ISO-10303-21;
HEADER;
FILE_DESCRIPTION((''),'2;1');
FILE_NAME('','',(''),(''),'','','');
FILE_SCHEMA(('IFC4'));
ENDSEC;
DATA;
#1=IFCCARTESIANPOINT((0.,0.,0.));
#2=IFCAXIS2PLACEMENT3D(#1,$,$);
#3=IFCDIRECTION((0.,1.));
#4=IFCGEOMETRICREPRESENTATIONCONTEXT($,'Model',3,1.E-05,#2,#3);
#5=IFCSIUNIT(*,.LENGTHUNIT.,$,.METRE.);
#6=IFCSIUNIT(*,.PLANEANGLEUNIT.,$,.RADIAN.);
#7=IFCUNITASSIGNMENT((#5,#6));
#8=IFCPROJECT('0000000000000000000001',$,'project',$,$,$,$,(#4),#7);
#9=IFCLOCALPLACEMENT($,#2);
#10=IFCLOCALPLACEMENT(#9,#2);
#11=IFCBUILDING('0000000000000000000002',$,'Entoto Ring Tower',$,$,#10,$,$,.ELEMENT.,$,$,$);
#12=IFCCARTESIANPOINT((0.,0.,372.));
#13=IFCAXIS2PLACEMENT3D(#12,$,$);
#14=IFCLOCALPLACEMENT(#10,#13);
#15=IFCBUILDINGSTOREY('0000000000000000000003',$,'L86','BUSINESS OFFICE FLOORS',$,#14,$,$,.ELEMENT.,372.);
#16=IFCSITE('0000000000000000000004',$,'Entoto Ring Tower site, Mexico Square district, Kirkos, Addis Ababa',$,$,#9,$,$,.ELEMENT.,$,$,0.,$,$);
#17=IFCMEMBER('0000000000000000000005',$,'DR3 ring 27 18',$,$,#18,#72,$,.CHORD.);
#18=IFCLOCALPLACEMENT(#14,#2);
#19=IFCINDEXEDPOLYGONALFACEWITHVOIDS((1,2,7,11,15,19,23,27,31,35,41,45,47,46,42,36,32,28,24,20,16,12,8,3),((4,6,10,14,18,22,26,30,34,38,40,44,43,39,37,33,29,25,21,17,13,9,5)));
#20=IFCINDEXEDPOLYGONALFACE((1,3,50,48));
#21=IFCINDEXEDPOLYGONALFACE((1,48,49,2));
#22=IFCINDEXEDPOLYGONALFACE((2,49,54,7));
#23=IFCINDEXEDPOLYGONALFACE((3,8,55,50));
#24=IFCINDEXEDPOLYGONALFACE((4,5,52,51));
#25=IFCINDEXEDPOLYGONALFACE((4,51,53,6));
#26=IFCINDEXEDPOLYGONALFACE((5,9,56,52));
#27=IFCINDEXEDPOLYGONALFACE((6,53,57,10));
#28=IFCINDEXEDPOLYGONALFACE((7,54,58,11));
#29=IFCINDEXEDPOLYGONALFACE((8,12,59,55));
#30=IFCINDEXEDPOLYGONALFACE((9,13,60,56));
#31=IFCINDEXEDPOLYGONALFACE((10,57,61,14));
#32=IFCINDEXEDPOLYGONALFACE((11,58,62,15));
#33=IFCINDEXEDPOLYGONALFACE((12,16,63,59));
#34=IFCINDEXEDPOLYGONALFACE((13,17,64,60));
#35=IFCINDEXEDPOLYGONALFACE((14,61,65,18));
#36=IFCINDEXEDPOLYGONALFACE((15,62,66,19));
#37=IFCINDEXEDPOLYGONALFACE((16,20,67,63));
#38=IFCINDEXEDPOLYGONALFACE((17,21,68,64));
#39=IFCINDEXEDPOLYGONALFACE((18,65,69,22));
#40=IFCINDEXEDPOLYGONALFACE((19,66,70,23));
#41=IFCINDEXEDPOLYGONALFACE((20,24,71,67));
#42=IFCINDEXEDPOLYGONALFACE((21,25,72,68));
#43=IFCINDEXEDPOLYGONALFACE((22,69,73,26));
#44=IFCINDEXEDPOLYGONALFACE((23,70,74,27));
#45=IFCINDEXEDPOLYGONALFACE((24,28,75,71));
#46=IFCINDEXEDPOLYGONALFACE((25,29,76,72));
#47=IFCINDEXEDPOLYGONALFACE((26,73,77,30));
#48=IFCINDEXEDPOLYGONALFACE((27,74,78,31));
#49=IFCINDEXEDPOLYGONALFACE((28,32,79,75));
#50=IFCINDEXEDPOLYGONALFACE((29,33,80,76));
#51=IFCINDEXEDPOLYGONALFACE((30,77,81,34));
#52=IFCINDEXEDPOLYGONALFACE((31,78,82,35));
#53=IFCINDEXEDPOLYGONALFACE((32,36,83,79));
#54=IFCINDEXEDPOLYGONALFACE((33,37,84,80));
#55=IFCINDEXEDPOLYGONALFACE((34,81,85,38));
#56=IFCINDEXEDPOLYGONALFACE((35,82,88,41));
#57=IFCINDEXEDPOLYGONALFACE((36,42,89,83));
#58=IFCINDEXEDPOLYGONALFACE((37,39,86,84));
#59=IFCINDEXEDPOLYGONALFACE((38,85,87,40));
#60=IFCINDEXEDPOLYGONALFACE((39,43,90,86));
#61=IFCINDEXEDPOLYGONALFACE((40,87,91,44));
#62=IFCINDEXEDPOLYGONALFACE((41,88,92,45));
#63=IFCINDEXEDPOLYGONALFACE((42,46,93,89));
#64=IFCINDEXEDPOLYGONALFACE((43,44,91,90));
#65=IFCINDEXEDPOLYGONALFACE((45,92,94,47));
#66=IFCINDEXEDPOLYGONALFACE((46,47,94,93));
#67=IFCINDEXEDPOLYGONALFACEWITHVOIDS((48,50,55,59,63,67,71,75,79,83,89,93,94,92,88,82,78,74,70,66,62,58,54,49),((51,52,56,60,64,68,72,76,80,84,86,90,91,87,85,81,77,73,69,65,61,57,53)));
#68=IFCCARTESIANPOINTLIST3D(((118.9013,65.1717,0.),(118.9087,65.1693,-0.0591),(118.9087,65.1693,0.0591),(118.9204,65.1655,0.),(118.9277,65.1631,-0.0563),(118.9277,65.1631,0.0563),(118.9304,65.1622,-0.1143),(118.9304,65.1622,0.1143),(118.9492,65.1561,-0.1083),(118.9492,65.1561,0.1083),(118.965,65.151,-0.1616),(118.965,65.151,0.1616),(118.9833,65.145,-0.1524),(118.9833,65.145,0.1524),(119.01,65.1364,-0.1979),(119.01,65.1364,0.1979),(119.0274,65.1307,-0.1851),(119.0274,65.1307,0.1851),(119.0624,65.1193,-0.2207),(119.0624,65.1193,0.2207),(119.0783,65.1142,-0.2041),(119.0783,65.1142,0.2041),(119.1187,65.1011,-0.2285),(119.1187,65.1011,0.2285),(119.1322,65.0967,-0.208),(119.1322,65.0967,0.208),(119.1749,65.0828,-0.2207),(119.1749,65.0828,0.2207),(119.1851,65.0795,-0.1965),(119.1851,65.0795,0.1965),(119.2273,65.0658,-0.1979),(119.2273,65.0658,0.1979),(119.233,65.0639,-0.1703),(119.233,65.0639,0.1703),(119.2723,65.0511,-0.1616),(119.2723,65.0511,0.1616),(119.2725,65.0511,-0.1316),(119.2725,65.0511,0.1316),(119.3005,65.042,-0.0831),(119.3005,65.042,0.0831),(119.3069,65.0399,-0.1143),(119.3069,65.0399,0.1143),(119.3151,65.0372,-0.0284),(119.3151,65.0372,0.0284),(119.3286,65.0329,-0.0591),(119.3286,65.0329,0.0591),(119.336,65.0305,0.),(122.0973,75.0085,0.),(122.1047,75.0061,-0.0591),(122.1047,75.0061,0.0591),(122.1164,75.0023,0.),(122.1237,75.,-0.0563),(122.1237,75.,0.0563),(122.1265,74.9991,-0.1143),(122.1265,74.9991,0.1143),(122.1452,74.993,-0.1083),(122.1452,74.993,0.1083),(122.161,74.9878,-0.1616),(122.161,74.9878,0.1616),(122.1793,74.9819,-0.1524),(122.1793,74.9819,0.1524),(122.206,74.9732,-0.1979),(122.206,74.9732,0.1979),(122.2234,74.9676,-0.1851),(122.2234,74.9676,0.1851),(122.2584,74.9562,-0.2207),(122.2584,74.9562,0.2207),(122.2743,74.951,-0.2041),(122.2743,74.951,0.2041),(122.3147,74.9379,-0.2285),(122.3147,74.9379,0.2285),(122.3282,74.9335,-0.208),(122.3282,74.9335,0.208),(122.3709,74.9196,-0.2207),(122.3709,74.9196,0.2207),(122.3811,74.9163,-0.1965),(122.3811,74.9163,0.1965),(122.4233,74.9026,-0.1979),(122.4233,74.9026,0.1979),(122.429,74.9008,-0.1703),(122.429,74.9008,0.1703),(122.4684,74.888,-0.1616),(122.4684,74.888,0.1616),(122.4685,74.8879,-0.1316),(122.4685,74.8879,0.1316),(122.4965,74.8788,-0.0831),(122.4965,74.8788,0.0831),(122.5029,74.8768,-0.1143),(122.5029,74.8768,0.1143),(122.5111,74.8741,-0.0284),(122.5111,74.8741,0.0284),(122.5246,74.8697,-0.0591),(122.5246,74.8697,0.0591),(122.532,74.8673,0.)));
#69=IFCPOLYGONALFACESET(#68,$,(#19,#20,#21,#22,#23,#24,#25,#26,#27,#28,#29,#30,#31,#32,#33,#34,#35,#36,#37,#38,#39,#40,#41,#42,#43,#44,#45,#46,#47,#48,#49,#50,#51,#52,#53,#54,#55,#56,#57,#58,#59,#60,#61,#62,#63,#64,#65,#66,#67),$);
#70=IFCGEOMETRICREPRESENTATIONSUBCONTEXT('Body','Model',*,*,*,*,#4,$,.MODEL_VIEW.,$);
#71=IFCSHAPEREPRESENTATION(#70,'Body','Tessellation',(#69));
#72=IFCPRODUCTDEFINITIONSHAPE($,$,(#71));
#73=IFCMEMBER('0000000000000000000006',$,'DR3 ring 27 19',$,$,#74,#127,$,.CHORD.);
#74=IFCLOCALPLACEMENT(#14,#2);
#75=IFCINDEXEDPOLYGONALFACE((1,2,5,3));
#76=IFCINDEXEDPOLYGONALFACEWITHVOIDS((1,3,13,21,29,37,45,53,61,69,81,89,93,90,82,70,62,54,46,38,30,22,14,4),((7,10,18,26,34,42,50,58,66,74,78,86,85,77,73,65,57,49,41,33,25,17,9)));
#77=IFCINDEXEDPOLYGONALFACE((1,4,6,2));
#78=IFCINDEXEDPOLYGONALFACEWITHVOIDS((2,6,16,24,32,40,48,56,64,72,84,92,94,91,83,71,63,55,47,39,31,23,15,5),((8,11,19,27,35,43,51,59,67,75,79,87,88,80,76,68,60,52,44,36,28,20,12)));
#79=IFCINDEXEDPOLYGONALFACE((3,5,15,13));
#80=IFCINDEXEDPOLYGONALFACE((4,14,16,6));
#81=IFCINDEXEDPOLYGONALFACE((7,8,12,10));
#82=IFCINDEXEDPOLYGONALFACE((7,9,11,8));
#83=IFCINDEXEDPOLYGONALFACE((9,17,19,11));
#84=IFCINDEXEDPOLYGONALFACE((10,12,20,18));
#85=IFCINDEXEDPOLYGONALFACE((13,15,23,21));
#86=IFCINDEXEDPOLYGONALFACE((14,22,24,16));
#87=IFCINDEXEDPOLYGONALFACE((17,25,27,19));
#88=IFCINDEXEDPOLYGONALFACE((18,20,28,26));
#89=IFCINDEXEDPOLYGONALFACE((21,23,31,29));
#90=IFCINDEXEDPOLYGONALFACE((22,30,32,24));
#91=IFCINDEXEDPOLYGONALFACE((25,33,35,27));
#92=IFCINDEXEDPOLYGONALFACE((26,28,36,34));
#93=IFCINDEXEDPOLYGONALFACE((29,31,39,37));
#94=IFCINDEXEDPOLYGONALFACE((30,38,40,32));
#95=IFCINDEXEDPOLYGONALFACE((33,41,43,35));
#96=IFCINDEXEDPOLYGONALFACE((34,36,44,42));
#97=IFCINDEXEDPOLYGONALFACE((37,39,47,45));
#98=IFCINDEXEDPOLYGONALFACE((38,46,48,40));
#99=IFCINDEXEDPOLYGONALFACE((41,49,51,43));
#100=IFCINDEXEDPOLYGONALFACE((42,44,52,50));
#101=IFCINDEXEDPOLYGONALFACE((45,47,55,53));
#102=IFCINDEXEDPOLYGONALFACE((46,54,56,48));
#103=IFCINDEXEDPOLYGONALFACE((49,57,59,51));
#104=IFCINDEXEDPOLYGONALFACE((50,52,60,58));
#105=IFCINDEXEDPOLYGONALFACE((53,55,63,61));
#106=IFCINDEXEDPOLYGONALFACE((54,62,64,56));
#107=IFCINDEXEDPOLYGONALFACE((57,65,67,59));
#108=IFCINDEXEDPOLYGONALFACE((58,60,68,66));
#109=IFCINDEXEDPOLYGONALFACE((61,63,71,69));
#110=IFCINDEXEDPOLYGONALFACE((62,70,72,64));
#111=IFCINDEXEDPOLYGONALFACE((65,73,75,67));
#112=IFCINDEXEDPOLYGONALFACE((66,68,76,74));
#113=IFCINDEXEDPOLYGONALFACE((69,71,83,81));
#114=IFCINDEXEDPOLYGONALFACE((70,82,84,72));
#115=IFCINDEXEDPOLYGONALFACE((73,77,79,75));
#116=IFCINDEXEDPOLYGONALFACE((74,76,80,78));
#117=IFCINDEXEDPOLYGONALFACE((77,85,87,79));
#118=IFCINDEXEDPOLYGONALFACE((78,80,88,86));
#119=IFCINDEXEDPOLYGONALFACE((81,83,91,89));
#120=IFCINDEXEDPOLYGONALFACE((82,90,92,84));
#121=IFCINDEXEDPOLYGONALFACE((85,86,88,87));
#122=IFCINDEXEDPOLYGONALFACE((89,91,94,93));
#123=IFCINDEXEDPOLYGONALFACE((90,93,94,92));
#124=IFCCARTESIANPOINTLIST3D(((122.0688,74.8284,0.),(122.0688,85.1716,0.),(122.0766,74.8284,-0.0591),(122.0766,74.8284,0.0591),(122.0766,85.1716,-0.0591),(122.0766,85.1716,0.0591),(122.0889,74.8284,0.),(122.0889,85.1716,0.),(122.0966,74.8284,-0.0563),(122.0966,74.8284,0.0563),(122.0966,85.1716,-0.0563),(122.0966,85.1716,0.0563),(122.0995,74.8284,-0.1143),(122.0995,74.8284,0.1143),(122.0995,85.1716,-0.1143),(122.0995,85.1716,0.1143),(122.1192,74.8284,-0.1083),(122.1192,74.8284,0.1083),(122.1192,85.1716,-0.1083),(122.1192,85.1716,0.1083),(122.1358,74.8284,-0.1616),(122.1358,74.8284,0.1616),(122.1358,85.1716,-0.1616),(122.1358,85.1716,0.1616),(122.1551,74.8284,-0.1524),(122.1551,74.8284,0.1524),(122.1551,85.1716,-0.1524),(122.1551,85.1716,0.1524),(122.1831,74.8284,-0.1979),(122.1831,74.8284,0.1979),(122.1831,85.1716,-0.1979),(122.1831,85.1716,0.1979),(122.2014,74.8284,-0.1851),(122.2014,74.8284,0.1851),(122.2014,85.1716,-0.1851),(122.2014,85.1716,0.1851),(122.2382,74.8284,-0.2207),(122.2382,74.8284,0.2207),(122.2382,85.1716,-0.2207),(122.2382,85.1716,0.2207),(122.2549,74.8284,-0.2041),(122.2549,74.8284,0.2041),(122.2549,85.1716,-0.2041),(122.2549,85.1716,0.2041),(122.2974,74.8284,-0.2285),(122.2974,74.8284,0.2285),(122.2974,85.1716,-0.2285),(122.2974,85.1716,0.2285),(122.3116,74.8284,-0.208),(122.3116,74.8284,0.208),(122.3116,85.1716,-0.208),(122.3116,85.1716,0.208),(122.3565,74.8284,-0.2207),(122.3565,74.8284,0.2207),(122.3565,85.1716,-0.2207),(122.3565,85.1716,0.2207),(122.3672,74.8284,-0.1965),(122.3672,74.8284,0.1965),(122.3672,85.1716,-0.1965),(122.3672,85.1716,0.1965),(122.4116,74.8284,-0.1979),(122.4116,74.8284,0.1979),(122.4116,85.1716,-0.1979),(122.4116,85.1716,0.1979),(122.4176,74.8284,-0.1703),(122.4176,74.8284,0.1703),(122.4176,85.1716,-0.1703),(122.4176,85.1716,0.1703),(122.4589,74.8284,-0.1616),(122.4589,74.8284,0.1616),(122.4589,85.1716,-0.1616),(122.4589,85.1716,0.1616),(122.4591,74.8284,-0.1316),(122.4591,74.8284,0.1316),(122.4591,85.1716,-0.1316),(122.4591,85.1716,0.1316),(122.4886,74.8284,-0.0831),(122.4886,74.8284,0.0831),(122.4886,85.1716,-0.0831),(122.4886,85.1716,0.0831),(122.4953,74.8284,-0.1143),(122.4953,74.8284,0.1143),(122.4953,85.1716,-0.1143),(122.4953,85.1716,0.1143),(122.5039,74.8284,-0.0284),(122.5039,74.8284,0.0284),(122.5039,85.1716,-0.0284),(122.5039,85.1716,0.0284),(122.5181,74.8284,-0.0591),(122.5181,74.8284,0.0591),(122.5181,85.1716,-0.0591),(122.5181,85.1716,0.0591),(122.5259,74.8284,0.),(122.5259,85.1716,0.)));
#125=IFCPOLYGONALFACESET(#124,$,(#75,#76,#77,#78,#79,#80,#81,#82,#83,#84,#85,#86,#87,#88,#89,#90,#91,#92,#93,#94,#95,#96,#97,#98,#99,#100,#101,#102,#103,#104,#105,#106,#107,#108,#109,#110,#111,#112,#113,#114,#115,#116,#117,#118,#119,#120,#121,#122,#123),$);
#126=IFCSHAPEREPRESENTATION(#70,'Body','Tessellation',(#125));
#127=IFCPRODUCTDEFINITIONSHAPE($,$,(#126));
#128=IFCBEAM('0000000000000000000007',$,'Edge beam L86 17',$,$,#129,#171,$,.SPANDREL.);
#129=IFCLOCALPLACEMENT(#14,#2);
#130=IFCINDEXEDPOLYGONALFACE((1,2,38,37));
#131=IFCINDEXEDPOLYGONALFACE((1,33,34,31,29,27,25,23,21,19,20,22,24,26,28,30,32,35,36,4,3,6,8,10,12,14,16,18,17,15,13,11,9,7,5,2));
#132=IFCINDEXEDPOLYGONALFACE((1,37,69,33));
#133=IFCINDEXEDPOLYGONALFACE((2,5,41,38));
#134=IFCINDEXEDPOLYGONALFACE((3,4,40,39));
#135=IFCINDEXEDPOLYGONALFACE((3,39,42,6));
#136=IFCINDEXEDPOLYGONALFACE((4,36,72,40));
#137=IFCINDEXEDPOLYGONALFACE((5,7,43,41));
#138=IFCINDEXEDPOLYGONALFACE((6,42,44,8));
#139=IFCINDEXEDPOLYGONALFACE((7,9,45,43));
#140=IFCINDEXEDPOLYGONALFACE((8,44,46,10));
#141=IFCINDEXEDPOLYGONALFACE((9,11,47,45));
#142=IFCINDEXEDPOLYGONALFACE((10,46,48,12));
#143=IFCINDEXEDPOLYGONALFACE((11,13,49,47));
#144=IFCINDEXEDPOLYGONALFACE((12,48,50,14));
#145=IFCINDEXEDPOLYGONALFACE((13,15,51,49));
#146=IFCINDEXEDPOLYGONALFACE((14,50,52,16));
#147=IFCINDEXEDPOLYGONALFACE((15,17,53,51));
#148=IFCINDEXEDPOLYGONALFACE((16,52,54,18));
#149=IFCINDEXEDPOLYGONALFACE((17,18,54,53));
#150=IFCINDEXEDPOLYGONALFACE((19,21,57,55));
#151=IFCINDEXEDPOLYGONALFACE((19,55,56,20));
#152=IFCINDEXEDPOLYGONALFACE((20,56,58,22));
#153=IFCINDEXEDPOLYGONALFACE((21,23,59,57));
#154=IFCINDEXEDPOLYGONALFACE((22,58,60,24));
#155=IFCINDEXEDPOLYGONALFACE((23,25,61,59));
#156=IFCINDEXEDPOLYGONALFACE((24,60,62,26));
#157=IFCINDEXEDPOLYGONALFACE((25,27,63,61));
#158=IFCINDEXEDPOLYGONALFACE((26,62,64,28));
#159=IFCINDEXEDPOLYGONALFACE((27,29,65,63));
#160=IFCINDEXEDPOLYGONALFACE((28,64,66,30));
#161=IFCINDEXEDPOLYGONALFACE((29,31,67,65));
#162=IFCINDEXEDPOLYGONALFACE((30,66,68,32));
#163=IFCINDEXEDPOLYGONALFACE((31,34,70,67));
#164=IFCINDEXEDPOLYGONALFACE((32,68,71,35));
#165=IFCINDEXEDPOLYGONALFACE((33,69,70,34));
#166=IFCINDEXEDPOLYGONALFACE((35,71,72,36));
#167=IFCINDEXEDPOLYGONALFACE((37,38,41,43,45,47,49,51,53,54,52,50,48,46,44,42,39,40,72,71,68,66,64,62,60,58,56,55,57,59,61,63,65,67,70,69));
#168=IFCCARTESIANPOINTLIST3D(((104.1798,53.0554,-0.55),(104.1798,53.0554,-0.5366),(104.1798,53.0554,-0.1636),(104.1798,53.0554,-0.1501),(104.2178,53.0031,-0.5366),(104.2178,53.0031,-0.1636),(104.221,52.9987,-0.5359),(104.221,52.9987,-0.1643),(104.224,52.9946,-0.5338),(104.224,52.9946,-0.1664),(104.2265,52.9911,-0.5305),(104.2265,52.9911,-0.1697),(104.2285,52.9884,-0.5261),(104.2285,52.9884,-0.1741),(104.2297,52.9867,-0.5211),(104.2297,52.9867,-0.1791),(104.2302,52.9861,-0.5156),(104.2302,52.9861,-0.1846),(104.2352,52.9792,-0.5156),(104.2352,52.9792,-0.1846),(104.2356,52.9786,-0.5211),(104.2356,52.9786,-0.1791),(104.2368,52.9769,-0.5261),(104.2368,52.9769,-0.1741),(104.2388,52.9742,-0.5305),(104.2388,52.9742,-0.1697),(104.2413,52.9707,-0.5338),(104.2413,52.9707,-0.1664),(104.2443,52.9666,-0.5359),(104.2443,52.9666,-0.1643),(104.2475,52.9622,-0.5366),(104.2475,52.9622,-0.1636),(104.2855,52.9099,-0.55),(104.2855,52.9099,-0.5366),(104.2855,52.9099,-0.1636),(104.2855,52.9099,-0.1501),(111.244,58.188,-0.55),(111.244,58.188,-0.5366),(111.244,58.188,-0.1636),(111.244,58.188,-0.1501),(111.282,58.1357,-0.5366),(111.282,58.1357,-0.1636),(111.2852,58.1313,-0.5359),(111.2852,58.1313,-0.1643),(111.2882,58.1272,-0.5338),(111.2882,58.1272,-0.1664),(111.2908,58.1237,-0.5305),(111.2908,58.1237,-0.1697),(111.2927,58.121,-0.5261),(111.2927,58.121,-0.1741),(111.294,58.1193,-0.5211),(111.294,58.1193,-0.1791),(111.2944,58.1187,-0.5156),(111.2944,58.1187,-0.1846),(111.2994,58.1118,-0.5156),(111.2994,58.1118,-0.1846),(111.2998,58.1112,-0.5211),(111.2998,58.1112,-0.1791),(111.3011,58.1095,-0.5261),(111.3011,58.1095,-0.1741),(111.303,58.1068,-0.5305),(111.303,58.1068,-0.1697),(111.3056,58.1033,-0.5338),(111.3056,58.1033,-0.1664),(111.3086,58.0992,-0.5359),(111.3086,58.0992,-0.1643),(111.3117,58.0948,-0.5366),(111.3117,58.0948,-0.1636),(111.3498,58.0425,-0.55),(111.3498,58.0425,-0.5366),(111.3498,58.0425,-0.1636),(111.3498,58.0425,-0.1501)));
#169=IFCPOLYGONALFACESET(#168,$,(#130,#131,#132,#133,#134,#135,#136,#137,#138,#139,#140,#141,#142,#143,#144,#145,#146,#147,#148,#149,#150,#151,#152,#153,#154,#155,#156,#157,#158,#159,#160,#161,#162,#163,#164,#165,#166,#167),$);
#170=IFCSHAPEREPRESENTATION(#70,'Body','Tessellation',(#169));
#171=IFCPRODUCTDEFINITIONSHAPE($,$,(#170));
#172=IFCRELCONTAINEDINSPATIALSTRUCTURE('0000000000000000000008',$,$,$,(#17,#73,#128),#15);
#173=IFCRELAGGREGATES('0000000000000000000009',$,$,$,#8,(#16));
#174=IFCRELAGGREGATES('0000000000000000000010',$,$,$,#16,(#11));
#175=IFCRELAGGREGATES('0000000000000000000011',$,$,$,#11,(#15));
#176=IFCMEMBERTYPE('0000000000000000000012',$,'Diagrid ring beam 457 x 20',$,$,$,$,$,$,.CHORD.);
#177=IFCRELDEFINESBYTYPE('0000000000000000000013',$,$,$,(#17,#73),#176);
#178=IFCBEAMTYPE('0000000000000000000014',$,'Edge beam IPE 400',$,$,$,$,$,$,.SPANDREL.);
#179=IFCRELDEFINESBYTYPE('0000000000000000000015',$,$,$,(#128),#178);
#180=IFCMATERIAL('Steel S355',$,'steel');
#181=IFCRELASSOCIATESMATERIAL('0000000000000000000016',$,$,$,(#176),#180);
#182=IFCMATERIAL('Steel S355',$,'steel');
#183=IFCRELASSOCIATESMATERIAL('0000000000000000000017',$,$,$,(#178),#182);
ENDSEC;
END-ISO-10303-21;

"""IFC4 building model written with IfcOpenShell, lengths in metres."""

from ifc_helpers import new_model, si_unit, direction, frame, origin, origin_2d, place, context, subcontext, project, spatial, circle, hollow_circle, i_section, extrude, material, material_profile, profile_set, type_object, element, save


model = new_model("IFC4")

# Units and contexts
model_context = context("Model", 3, precision=1e-05, world=origin(), true_north=direction((0.0, 1.0)))
body_context = subcontext(model_context, "Body", "Model", "MODEL_VIEW")
ifc_project = project(units=[si_unit("LENGTHUNIT", "METRE"), si_unit("PLANEANGLEUNIT", "RADIAN")], contexts=[model_context])

# Site, building, storey
site_placement = place(None, origin())
site = spatial("IfcSite", under=ifc_project, at=site_placement, Name="Entoto Ring Tower site, Mexico Square district, Kirkos, Addis Ababa", CompositionType="ELEMENT", RefElevation=0.0)
building_placement = place(site_placement, origin())
building = spatial("IfcBuilding", under=site, at=building_placement, Name="Entoto Ring Tower", CompositionType="ELEMENT")
storey_placement = place(building_placement, frame((0.0, 0.0, 372.0)))
storey = spatial("IfcBuildingStorey", under=building, at=storey_placement, Name="L86", Description="BUSINESS OFFICE FLOORS", CompositionType="ELEMENT", Elevation=372.0)

# Members
ifc_material_1 = material(Name="Steel S355", Category="steel")
ifc_material_profile_1 = material_profile(ifc_material_1, hollow_circle(Radius=0.2285, WallThickness=0.02, at=origin_2d()), Name="CHS 457 x 20")
ifc_material_2 = material(Name="Concrete C60/75", Category="concrete")
ifc_material_profile_2 = material_profile(ifc_material_2, circle(Radius=0.2085, at=origin_2d()), Name="Concrete C60/75 infill")
ifc_profile_set_1 = profile_set([ifc_material_profile_1, ifc_material_profile_2], Name="Steel S355")
member_type_1 = type_object("IfcMemberType", Name="Diagrid ring beam 457 x 20", PredefinedType="CHORD", material=ifc_profile_set_1)
member_1_placement = place(storey_placement, frame((119.1187, 65.1011, 0.0), z_axis=(0.309003, 0.951061, 0.0), x_axis=(-0.951061, 0.309003, 0.0)))
element("IfcMember", 1, at=member_1_placement, inside=storey, type_object=member_type_1, Name="DR3 ring 27 18", PredefinedType="CHORD", context=body_context, shape_type="SweptSolid", body=[
    extrude(hollow_circle(Radius=0.2285, WallThickness=0.02, at=origin_2d()), origin(), (0.0, 0.0, 1.0), 10.343),
])
member_2_placement = place(storey_placement, frame((122.2974, 74.8284, 0.0), z_axis=(0.0, 1.0, 0.0), x_axis=(-1.0, 0.0, 0.0)))
element("IfcMember", 2, at=member_2_placement, inside=storey, type_object=member_type_1, Name="DR3 ring 27 19", PredefinedType="CHORD", context=body_context, shape_type="SweptSolid", body=[
    extrude(hollow_circle(Radius=0.2285, WallThickness=0.02, at=origin_2d()), origin(), (0.0, 0.0, 1.0), 10.3433),
])

# Beam
ifc_material_3 = material(Name="Steel S355", Category="steel")
ifc_material_profile_3 = material_profile(ifc_material_3, i_section(OverallWidth=0.1799, OverallDepth=0.3999, WebThickness=0.0085, FlangeThickness=0.0134, FilletRadius=0.021, at=origin_2d()), Name="IPE 400")
ifc_profile_set_2 = profile_set([ifc_material_profile_3], Name="Steel S355")
beam_type_1 = type_object("IfcBeamType", Name="Edge beam IPE 400", PredefinedType="SPANDREL", material=ifc_profile_set_2)
for number, where, z_axis, x_axis, name in (
    (3, (104.2327, 52.9827, -0.3501), (0.80901, 0.587794, 0.0), (-0.587794, 0.80901, 0.0), "Edge beam L86 17"),
):
    element("IfcBeam", number, at=place(storey_placement, frame(where, z_axis=z_axis, x_axis=x_axis)), inside=storey, type_object=beam_type_1, Name=name, PredefinedType="SPANDREL", context=body_context, shape_type="SweptSolid", body=[
        extrude(i_section(OverallWidth=0.1799, OverallDepth=0.3999, WebThickness=0.0085, FlangeThickness=0.0134, FilletRadius=0.021, at=origin_2d()), origin(), (0.0, 0.0, 1.0), 8.7319),
    ])

save(model, "model.ifc")
